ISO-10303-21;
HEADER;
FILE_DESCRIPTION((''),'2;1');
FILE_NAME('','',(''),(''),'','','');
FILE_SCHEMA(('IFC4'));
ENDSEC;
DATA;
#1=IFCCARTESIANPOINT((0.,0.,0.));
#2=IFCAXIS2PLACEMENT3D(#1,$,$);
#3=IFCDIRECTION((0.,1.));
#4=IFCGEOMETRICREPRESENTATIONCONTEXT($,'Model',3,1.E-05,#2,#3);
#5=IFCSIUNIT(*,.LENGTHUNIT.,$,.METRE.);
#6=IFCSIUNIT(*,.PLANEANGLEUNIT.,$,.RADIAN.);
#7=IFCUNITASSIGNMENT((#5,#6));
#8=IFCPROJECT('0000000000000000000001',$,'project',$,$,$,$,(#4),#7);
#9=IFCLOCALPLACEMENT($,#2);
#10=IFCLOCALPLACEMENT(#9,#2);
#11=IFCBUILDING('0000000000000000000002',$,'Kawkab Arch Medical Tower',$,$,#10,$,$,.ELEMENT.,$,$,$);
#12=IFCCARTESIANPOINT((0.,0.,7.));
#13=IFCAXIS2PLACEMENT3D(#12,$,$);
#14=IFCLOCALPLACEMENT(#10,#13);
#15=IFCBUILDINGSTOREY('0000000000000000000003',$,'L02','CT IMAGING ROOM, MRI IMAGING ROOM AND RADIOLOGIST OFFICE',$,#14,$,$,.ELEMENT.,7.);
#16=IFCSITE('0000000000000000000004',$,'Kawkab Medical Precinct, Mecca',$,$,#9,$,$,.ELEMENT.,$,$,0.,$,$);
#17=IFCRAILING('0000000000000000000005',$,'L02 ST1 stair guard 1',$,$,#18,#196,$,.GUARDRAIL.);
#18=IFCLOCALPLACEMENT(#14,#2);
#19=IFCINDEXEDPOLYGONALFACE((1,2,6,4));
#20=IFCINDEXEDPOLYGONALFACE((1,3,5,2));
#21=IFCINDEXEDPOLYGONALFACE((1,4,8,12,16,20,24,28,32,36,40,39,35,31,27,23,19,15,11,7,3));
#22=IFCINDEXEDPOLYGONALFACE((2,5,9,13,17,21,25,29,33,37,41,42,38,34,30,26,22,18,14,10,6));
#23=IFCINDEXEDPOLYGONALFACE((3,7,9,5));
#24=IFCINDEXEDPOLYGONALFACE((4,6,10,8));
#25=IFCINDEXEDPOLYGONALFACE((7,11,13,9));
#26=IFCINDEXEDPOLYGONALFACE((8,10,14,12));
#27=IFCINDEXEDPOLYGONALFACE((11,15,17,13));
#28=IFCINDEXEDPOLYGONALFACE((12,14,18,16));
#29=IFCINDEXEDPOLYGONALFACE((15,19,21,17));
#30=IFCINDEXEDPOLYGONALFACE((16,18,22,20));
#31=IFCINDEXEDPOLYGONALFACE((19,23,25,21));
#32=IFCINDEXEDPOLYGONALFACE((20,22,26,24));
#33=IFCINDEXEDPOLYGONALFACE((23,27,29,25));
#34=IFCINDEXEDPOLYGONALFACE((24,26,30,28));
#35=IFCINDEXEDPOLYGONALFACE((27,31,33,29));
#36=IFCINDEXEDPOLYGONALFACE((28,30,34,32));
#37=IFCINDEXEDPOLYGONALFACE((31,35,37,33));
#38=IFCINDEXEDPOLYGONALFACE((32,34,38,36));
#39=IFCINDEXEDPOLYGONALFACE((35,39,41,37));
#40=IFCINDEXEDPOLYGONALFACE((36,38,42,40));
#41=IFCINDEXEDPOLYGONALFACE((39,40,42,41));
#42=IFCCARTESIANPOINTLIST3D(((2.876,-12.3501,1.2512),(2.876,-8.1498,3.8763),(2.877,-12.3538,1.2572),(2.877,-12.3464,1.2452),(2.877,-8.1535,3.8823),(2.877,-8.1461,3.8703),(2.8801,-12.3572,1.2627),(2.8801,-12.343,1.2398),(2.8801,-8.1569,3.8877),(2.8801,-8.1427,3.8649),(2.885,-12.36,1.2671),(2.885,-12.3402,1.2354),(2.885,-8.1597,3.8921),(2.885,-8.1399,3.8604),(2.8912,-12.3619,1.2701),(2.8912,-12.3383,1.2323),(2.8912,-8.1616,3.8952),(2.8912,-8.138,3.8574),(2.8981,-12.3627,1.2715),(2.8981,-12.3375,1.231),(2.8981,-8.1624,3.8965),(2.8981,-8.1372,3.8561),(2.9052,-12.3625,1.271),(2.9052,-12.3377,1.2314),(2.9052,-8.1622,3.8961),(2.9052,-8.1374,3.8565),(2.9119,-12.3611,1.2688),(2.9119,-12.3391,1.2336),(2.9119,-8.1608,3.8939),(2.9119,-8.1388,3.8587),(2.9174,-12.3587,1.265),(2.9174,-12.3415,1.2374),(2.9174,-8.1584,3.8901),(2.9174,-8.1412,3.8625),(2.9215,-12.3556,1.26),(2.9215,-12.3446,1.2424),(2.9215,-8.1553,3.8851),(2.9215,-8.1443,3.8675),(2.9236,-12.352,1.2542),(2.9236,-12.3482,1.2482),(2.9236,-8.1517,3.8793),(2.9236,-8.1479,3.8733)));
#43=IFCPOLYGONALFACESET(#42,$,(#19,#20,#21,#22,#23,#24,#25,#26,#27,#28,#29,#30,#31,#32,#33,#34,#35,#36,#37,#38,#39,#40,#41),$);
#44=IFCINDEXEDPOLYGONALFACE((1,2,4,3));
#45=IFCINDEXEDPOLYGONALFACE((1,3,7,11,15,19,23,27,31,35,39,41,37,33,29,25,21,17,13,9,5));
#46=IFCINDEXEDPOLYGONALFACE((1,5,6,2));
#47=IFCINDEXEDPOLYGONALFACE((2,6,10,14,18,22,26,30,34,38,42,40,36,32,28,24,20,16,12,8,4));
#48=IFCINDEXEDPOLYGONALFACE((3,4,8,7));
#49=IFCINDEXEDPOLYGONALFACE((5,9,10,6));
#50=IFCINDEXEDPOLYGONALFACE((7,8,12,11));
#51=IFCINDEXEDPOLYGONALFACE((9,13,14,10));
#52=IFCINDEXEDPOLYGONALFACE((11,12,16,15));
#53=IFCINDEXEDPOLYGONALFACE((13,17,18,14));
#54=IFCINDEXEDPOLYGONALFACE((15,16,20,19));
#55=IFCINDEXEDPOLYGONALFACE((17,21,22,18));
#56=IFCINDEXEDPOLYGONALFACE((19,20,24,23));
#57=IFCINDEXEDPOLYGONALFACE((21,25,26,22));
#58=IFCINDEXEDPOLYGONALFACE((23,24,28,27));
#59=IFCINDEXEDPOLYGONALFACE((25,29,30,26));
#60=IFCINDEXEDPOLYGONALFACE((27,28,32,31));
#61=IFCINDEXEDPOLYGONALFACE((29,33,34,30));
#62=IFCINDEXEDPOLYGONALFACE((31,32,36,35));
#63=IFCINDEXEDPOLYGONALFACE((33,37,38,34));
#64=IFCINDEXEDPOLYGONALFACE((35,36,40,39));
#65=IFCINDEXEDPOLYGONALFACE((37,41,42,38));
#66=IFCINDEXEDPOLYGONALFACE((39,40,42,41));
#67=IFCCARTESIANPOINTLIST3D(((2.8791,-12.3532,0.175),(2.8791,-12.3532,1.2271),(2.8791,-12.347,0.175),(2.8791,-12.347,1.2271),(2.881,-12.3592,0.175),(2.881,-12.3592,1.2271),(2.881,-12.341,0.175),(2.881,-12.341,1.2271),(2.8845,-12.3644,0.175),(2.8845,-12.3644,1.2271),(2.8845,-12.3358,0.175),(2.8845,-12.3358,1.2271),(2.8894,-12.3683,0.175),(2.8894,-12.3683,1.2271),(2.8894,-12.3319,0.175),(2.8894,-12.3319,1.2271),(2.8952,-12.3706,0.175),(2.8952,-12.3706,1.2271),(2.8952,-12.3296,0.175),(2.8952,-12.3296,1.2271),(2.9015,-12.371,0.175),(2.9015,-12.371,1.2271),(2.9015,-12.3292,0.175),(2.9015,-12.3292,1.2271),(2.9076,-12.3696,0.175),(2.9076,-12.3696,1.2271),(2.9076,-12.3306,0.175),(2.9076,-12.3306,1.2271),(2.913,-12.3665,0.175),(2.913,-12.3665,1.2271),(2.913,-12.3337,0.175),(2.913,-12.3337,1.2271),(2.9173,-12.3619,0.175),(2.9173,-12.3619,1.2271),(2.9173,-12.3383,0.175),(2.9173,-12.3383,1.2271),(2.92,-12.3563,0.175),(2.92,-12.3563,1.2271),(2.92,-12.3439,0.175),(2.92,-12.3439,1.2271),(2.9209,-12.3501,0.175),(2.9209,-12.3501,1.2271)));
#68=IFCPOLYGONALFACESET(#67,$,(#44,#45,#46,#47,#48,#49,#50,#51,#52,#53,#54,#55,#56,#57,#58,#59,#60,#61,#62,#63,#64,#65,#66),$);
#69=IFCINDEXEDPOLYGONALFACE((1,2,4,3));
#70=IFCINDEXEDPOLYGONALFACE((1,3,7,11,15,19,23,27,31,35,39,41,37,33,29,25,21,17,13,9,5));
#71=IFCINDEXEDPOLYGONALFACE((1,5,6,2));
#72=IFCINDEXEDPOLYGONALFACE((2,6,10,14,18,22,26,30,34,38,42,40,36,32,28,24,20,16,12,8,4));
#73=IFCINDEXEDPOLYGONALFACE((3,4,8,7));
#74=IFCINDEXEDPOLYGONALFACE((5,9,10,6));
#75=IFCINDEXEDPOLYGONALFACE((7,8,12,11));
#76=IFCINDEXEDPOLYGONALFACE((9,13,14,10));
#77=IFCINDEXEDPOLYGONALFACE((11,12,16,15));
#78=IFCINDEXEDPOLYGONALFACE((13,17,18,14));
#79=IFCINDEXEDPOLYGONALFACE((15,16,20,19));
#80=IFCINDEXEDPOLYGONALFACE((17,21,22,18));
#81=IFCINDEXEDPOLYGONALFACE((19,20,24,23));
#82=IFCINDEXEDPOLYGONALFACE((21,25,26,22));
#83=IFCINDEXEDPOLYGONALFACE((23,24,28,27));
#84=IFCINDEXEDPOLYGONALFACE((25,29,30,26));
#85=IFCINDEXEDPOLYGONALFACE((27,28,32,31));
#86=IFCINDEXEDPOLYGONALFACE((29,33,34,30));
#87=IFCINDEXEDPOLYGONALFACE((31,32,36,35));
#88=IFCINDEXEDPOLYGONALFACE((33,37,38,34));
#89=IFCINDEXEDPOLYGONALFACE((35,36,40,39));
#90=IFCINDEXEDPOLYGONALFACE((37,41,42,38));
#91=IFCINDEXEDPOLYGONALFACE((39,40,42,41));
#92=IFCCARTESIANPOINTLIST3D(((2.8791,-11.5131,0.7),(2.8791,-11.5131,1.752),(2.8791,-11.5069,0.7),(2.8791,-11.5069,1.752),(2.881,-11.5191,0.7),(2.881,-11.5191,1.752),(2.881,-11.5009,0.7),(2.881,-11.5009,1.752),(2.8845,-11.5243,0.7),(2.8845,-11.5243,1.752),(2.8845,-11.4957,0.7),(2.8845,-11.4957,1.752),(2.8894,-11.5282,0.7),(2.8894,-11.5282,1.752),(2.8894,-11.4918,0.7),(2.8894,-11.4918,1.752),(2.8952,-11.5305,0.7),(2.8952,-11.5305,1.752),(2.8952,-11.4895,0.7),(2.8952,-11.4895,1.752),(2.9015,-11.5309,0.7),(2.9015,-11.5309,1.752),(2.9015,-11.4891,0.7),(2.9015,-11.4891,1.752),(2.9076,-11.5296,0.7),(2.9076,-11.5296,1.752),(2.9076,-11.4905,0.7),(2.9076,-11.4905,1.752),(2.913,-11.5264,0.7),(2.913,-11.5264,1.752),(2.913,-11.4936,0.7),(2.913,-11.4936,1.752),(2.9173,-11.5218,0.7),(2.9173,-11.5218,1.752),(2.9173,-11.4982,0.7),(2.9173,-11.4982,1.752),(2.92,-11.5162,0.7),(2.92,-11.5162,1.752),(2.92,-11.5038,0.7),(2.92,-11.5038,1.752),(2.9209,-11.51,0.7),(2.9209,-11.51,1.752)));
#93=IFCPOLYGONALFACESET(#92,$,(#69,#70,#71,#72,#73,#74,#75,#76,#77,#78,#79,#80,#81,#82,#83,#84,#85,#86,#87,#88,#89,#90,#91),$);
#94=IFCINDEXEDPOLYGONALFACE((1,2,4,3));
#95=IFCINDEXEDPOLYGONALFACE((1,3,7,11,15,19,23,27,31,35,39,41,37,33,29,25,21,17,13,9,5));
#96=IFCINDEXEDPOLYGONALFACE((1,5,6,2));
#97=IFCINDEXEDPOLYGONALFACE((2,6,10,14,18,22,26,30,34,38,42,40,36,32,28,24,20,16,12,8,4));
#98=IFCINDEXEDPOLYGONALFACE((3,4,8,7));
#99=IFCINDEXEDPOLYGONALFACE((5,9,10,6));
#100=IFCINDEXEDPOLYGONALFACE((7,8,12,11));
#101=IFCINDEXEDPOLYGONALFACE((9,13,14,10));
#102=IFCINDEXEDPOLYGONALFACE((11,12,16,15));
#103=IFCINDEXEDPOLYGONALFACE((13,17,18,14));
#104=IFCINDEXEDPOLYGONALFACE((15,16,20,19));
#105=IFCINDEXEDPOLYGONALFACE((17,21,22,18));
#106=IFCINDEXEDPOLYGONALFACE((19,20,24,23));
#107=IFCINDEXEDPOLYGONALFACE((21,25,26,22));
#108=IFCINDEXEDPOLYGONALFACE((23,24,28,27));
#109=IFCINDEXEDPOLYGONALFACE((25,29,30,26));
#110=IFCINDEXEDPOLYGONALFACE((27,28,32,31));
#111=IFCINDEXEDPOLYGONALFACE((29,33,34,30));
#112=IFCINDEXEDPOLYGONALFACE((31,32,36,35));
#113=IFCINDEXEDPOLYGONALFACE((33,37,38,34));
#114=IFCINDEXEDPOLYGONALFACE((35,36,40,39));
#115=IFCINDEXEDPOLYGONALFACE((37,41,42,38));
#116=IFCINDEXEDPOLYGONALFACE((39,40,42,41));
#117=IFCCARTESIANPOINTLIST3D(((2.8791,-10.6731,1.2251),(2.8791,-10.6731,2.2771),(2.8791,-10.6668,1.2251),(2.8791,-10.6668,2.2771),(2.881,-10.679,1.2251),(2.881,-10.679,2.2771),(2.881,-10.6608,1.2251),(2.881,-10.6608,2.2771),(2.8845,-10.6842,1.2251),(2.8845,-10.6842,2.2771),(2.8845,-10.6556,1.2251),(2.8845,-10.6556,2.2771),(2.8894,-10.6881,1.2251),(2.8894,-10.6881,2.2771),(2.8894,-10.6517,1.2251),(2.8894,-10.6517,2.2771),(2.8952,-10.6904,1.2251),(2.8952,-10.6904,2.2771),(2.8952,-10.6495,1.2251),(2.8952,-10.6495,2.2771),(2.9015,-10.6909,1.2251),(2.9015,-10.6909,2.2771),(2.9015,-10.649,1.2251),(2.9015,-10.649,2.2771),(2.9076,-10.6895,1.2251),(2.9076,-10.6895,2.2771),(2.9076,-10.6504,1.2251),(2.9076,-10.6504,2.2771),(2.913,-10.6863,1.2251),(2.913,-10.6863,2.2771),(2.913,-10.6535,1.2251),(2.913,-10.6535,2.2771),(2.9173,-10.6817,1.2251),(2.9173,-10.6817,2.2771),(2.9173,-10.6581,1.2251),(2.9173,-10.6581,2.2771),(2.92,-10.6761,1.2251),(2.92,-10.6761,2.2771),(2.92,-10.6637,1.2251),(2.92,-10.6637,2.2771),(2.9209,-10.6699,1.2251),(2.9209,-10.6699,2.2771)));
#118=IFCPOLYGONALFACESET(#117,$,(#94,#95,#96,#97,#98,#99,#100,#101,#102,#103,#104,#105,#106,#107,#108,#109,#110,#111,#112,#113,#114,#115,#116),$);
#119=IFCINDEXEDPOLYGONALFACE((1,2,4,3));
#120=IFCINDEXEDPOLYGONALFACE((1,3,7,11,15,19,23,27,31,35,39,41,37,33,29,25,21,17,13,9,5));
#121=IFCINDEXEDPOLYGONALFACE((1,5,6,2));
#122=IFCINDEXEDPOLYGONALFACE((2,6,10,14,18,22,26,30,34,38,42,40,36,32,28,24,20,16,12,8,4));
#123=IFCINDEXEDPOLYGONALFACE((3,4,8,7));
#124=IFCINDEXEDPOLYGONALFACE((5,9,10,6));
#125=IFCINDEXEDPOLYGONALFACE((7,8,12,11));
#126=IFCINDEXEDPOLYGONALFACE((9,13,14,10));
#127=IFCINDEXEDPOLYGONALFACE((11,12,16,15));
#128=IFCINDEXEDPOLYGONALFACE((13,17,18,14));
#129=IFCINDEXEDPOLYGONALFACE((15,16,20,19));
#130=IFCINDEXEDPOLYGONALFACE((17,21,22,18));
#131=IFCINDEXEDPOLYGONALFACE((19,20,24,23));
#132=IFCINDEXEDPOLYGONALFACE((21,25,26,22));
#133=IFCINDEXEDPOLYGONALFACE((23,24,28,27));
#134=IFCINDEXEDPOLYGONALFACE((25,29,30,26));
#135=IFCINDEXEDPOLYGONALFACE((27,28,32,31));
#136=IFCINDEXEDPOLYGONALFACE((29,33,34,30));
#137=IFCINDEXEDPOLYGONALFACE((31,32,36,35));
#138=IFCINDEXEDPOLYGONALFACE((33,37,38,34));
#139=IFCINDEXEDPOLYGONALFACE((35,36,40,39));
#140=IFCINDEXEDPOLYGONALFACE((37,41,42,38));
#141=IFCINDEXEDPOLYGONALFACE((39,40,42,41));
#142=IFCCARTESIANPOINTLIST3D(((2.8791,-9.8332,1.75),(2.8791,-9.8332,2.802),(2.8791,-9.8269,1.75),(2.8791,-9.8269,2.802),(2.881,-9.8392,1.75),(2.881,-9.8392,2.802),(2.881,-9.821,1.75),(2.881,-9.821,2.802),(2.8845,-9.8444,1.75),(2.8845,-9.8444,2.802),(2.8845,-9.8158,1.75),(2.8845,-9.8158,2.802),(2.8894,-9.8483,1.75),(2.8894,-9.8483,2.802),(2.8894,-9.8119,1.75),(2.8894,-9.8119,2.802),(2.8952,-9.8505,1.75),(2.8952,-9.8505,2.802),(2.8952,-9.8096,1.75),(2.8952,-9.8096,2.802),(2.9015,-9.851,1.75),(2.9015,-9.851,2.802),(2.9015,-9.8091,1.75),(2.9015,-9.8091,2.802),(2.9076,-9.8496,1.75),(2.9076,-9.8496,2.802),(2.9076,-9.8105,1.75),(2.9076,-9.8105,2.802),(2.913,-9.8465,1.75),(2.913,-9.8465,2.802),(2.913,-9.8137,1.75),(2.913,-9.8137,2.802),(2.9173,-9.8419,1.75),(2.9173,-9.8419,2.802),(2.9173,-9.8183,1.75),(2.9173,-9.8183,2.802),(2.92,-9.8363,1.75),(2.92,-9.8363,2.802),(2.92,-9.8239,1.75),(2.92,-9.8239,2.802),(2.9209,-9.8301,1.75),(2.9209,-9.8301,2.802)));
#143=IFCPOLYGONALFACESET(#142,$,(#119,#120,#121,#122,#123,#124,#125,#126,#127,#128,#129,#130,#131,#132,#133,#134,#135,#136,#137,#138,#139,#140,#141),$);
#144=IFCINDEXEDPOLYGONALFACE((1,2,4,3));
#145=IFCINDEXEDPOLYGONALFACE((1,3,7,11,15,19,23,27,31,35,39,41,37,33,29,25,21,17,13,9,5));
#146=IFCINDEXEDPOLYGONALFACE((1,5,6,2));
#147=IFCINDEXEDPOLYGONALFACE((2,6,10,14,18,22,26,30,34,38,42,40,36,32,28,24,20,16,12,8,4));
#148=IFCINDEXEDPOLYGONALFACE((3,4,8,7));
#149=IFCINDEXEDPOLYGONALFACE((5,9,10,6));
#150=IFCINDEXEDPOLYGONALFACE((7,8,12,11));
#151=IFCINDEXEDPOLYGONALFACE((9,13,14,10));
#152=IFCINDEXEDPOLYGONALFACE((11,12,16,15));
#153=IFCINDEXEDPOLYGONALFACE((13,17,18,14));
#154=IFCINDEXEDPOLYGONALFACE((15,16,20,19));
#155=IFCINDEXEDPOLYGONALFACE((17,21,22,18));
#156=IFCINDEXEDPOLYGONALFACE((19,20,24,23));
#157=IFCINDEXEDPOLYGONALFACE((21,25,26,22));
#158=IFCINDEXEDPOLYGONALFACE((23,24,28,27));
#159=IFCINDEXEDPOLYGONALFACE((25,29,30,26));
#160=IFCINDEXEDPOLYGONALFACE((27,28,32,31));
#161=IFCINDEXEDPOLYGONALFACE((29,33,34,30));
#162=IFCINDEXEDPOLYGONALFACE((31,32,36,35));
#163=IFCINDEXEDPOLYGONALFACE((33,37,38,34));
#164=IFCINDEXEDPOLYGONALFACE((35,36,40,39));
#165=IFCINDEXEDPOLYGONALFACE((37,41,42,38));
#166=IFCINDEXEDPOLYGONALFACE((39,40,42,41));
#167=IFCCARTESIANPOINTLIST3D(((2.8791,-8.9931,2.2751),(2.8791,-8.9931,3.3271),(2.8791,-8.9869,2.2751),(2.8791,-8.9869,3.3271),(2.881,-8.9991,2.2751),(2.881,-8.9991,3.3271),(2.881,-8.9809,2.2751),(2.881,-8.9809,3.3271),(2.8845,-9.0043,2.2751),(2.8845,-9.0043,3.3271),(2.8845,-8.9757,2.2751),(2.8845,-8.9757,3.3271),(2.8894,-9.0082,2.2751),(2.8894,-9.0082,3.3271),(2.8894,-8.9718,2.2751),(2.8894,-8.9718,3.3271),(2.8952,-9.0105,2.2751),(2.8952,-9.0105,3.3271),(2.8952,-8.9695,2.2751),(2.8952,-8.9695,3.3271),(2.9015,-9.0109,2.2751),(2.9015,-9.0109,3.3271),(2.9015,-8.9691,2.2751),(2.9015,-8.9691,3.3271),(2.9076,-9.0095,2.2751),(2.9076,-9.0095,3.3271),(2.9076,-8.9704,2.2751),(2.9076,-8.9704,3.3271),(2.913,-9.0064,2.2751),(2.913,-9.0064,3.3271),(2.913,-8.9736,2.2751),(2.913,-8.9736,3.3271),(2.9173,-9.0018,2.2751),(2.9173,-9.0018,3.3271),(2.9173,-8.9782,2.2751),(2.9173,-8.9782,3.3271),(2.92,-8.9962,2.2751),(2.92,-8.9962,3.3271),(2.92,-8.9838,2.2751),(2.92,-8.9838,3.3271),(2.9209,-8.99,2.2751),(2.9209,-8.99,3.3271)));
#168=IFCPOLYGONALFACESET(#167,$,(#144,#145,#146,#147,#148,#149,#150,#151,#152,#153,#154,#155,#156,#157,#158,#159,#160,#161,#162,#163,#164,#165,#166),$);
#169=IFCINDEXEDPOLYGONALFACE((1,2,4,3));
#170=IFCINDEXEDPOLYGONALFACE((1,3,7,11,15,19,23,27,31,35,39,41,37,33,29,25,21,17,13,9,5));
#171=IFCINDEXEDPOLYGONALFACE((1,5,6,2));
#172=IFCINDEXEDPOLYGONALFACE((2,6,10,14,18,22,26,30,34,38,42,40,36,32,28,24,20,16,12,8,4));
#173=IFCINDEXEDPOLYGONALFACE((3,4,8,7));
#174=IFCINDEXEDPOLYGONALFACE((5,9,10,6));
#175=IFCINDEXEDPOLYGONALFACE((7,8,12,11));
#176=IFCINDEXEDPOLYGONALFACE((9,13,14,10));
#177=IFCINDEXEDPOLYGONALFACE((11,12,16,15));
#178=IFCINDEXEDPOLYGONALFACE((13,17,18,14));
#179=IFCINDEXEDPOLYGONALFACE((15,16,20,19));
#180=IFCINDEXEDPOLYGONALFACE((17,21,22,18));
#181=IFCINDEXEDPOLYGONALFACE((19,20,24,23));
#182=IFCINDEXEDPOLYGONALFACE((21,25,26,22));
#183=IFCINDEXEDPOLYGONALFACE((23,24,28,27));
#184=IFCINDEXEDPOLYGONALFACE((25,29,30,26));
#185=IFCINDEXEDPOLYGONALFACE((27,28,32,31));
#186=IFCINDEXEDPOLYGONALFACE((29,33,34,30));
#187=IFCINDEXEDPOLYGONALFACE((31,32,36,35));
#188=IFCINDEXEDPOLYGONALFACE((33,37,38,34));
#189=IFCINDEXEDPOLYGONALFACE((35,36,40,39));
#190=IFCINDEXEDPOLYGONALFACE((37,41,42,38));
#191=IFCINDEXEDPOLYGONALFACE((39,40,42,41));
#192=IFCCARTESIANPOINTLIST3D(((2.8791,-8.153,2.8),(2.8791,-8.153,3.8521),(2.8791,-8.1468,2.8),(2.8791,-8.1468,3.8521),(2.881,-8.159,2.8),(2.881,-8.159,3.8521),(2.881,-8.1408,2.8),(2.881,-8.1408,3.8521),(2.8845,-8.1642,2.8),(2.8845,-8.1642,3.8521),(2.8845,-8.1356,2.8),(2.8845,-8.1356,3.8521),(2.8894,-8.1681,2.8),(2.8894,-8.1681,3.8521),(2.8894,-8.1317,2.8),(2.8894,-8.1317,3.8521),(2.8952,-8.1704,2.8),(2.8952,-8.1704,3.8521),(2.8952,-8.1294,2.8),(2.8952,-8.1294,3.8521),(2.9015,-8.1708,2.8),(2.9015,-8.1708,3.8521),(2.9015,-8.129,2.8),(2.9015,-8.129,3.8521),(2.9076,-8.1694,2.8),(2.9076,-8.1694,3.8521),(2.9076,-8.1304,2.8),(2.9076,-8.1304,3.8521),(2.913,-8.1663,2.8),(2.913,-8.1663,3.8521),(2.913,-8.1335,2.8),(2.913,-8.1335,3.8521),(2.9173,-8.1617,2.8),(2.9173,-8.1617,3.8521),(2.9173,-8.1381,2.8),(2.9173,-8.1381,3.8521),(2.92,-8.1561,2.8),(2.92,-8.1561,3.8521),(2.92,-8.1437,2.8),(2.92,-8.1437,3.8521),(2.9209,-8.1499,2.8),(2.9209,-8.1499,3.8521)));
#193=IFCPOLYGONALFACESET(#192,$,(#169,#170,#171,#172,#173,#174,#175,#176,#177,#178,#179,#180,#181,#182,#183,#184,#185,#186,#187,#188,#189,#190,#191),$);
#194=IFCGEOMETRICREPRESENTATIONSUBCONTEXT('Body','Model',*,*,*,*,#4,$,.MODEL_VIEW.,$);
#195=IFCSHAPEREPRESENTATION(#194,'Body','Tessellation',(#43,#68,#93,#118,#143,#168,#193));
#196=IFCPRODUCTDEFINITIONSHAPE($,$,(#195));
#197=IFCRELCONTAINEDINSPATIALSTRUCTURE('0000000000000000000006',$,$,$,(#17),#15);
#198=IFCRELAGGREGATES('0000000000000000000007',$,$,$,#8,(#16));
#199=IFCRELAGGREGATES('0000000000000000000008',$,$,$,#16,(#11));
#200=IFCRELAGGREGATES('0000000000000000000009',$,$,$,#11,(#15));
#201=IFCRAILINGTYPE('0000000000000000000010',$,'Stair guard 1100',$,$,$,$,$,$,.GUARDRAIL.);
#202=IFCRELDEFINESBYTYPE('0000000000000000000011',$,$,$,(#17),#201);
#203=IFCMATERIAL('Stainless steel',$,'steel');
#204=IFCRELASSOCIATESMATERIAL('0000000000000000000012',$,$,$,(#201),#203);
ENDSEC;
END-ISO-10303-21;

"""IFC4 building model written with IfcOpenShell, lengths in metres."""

from ifc_helpers import new_model, si_unit, direction, frame, origin, origin_2d, place, context, subcontext, project, spatial, circle, extrude, material, type_object, element, save


model = new_model("IFC4")

# Units and contexts
model_context = context("Model", 3, precision=1e-05, world=origin(), true_north=direction((0.0, 1.0)))
body_context = subcontext(model_context, "Body", "Model", "MODEL_VIEW")
ifc_project = project(units=[si_unit("LENGTHUNIT", "METRE"), si_unit("PLANEANGLEUNIT", "RADIAN")], contexts=[model_context])

# Site, building, storey
site_placement = place(None, origin())
site = spatial("IfcSite", under=ifc_project, at=site_placement, Name="Kawkab Medical Precinct, Mecca", CompositionType="ELEMENT", RefElevation=0.0)
building_placement = place(site_placement, origin())
building = spatial("IfcBuilding", under=site, at=building_placement, Name="Kawkab Arch Medical Tower", CompositionType="ELEMENT")
storey_placement = place(building_placement, frame((0.0, 0.0, 7.0)))
storey = spatial("IfcBuildingStorey", under=building, at=storey_placement, Name="L02", Description="CT IMAGING ROOM, MRI IMAGING ROOM AND RADIOLOGIST OFFICE", CompositionType="ELEMENT", Elevation=7.0)

# Railing
ifc_material_1 = material(Name="Stainless steel", Category="steel")
railing_type = type_object("IfcRailingType", Name="Stair guard 1100", PredefinedType="GUARDRAIL", material=ifc_material_1)
railing_1_placement = place(storey_placement, frame((2.8999, -12.3501, 0.175)))
element("IfcRailing", 1, at=railing_1_placement, inside=storey, type_object=railing_type, Name="L02 ST1 stair guard 1", PredefinedType="GUARDRAIL", context=body_context, shape_type="SweptSolid", body=[
    extrude(circle(Radius=0.0239, at=origin_2d()), frame((0.0, 0.0, 1.0762), z_axis=(0.0, 0.848009, 0.529981), x_axis=(-1.0, 0.0, 0.0)), (0.0, 0.0, 1.0), 4.9531),
    extrude(circle(Radius=0.021, at=origin_2d()), origin(), (0.0, 0.0, 1.0), 1.052),
    extrude(circle(Radius=0.021, at=origin_2d()), frame((0.0, 0.8401, 0.5249)), (0.0, 0.0, 1.0), 1.052),
    extrude(circle(Radius=0.021, at=origin_2d()), frame((0.0, 1.6802, 1.05)), (0.0, 0.0, 1.0), 1.052),
    extrude(circle(Radius=0.021, at=origin_2d()), frame((0.0, 2.52, 1.575)), (0.0, 0.0, 1.0), 1.052),
    extrude(circle(Radius=0.021, at=origin_2d()), frame((0.0, 3.3601, 2.1001)), (0.0, 0.0, 1.0), 1.052),
    extrude(circle(Radius=0.021, at=origin_2d()), frame((0.0, 4.2002, 2.625)), (0.0, 0.0, 1.0), 1.052),
])

save(model, "model.ifc")
